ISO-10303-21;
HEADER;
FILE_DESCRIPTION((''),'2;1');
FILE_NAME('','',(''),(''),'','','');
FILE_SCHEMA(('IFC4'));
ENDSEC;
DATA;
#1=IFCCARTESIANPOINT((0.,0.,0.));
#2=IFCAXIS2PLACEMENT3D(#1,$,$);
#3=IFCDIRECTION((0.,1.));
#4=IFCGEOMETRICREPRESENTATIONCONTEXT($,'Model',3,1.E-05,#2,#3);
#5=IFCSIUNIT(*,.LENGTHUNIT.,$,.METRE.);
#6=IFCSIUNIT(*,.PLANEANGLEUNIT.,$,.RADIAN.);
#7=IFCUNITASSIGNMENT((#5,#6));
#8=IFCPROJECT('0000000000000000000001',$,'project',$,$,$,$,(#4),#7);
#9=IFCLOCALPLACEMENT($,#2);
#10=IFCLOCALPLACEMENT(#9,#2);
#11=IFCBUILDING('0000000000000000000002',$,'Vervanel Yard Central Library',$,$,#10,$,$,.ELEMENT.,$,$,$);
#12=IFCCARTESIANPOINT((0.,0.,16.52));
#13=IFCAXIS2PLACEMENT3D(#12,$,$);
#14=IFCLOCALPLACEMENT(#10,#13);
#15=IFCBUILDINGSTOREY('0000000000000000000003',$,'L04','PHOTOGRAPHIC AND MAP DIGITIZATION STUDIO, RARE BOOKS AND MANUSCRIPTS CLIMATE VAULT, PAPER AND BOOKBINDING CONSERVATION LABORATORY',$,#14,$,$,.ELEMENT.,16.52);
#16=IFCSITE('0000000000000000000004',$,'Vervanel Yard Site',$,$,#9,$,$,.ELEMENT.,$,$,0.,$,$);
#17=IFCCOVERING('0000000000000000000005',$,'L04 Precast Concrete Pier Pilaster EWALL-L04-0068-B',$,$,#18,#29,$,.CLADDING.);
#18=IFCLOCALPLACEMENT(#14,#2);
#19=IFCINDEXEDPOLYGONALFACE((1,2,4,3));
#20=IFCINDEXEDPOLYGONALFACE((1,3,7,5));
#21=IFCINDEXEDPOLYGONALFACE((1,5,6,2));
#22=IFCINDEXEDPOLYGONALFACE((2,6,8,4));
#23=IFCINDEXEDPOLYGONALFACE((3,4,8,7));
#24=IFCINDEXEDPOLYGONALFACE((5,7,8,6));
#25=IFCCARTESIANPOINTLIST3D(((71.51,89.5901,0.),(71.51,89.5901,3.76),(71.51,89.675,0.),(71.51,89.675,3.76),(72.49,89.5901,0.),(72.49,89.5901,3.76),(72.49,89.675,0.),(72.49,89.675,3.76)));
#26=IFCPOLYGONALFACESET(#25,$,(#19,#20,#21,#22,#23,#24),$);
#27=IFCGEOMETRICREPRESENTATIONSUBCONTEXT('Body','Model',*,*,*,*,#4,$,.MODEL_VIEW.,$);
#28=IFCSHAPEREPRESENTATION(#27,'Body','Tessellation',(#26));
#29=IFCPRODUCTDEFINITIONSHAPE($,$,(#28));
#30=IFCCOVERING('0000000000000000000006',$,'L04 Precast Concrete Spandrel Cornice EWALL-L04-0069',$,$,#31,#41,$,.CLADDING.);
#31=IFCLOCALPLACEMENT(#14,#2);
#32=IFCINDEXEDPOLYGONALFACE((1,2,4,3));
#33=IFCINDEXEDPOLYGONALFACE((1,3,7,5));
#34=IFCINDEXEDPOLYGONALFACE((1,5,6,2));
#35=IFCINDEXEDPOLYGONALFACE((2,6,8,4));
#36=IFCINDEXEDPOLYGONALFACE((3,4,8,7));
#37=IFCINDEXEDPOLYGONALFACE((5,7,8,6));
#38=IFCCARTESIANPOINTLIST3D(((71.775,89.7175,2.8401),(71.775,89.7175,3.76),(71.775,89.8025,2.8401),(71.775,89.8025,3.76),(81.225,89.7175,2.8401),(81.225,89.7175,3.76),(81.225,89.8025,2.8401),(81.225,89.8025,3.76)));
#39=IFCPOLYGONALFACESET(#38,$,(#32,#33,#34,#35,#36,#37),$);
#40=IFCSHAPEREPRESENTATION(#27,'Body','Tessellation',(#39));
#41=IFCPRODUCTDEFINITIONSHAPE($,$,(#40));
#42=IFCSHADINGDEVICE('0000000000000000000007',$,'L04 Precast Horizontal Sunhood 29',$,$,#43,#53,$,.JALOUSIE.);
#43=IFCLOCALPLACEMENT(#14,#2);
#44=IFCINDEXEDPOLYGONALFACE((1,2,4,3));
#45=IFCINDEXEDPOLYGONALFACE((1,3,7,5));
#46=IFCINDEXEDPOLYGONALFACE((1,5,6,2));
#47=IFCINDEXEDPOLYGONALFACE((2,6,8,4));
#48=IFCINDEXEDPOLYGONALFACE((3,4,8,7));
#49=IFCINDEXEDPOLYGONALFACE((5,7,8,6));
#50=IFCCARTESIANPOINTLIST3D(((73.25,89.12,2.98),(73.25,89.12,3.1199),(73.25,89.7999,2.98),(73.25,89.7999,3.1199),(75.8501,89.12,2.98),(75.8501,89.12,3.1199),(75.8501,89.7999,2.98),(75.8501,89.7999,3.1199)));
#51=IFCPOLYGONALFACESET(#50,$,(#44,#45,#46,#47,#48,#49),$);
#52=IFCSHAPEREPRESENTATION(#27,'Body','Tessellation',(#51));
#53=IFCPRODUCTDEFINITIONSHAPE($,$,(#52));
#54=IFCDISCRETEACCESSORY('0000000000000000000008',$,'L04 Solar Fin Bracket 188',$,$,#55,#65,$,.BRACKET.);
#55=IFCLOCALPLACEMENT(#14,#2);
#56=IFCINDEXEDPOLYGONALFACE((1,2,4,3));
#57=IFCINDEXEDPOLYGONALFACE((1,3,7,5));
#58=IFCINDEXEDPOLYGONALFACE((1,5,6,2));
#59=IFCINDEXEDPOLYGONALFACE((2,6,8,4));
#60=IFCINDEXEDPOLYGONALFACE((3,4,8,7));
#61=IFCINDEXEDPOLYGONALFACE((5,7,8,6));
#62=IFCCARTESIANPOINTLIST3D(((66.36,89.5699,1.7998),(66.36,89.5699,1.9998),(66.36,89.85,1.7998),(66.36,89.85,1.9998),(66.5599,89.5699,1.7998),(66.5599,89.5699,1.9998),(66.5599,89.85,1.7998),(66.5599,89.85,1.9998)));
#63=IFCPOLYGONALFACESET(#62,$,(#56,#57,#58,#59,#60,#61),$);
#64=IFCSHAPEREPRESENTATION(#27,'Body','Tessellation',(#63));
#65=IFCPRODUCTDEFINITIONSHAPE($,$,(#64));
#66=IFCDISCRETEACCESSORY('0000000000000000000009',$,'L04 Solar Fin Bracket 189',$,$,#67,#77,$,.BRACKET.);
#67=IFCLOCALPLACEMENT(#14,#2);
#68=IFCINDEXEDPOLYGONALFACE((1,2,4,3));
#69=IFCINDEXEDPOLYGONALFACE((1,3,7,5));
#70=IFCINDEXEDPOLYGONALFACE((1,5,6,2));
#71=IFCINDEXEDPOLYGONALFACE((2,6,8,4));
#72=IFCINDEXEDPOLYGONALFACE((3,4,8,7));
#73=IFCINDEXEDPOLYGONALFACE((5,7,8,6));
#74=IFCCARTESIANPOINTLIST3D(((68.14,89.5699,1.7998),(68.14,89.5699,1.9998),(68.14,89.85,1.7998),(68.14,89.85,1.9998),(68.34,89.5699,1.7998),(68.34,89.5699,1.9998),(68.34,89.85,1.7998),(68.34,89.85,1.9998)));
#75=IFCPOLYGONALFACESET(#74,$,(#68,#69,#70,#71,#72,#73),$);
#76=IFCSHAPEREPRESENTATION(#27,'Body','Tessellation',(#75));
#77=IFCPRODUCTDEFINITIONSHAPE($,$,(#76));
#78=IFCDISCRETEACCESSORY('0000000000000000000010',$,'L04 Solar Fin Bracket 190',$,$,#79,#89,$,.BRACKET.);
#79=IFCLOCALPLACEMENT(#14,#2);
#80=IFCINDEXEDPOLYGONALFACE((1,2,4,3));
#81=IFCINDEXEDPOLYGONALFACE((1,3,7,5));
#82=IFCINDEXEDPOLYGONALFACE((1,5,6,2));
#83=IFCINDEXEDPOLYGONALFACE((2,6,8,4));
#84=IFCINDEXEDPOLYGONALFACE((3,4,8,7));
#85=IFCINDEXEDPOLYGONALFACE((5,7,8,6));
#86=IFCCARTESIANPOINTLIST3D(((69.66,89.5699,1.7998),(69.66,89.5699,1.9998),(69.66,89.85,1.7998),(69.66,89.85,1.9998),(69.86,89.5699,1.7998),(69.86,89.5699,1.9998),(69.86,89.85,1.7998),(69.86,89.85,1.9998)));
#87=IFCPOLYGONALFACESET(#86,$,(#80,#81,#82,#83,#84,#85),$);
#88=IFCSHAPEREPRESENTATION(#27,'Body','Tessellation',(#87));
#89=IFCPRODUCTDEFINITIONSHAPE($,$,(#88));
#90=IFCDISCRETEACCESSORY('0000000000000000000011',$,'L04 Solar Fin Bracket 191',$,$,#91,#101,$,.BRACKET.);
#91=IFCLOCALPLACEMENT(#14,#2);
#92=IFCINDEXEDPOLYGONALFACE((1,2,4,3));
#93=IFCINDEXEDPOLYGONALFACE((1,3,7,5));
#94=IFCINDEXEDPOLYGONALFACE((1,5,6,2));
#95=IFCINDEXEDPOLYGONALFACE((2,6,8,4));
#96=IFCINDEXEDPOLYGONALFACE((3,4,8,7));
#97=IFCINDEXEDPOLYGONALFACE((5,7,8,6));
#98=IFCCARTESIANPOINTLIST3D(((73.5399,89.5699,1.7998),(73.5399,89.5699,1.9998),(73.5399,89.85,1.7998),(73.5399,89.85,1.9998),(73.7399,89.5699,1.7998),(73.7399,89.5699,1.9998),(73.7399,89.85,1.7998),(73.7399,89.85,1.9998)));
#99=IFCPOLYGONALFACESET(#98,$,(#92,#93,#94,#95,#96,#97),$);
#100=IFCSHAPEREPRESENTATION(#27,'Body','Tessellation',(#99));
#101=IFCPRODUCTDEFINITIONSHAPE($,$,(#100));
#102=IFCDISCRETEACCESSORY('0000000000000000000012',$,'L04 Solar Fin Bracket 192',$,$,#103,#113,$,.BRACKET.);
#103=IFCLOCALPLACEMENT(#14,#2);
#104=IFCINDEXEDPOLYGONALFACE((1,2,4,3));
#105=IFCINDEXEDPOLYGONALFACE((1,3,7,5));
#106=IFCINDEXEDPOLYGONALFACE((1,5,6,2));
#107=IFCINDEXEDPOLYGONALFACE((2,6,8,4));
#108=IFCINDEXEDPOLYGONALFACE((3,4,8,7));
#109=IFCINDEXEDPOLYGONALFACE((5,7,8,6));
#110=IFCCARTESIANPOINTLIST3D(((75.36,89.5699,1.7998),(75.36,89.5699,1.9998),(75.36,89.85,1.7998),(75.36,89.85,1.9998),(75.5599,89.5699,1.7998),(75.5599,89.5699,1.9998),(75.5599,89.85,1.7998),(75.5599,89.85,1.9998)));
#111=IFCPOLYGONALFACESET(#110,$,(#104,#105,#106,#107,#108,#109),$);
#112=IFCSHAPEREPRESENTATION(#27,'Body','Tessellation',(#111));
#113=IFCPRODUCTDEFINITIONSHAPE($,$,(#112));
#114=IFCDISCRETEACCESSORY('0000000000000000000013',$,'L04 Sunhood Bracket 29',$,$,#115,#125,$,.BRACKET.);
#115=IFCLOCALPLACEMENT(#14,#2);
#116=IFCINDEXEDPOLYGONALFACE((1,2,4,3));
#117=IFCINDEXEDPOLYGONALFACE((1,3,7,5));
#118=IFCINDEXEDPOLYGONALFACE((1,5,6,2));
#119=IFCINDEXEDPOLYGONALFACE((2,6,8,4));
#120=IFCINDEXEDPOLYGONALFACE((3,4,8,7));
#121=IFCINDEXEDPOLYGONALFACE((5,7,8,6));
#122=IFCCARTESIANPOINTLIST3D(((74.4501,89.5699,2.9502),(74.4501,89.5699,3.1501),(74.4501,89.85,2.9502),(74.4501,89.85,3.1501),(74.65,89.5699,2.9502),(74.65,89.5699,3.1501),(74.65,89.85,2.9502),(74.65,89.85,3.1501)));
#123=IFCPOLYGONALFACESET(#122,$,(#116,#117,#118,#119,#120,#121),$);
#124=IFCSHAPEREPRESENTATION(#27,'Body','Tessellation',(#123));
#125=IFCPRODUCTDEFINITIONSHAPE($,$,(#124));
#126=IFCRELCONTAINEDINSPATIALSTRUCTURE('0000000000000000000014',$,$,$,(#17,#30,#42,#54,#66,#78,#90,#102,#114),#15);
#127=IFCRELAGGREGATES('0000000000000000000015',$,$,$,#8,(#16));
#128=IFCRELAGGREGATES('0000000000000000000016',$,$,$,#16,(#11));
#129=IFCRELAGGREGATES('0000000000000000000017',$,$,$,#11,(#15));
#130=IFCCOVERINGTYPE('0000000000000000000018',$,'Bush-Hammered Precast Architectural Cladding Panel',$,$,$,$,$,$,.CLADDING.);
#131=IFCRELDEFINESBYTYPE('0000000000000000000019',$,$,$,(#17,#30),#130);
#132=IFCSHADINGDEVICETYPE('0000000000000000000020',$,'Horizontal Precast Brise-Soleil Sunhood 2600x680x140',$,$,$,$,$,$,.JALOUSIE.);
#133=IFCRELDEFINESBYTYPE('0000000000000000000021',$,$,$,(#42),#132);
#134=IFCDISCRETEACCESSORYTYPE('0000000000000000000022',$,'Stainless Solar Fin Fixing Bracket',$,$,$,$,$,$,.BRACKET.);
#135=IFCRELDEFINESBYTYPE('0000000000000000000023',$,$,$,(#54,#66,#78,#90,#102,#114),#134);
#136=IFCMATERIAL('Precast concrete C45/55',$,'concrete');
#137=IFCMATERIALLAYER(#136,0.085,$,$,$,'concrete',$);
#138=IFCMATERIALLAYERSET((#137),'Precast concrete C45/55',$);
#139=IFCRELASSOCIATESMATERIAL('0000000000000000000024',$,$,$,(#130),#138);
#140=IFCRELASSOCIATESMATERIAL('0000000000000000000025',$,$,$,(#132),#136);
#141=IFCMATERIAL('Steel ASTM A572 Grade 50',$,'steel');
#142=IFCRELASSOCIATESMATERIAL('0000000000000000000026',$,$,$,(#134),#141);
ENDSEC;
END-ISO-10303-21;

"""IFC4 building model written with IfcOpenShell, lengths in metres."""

from ifc_helpers import new_model, si_unit, direction, frame, origin, origin_2d, place, context, subcontext, project, spatial, rectangle, extrude, material, layer, layer_set, type_object, element, save


model = new_model("IFC4")

# Units and contexts
model_context = context("Model", 3, precision=1e-05, world=origin(), true_north=direction((0.0, 1.0)))
body_context = subcontext(model_context, "Body", "Model", "MODEL_VIEW")
ifc_project = project(units=[si_unit("LENGTHUNIT", "METRE"), si_unit("PLANEANGLEUNIT", "RADIAN")], contexts=[model_context])

# Site, building, storey
site_placement = place(None, origin())
site = spatial("IfcSite", under=ifc_project, at=site_placement, Name="Vervanel Yard Site", CompositionType="ELEMENT", RefElevation=0.0)
building_placement = place(site_placement, origin())
building = spatial("IfcBuilding", under=site, at=building_placement, Name="Vervanel Yard Central Library", CompositionType="ELEMENT")
storey_placement = place(building_placement, frame((0.0, 0.0, 16.52)))
storey = spatial("IfcBuildingStorey", under=building, at=storey_placement, Name="L04", Description="PHOTOGRAPHIC AND MAP DIGITIZATION STUDIO, RARE BOOKS AND MANUSCRIPTS CLIMATE VAULT, PAPER AND BOOKBINDING CONSERVATION LABORATORY", CompositionType="ELEMENT", Elevation=16.52)

# Coverings
ifc_material_1 = material(Name="Precast concrete C45/55", Category="concrete")
ifc_layer_1 = layer(ifc_material_1, 0.085, Category="concrete")
ifc_layer_set_1 = layer_set([ifc_layer_1], Name="Precast concrete C45/55")
covering_type = type_object("IfcCoveringType", Name="Bush-Hammered Precast Architectural Cladding Panel", PredefinedType="CLADDING", material=ifc_layer_set_1)
covering_1_placement = place(storey_placement, frame((72.0, 89.6326, 0.0), z_axis=(0.0, 0.0, 1.0), x_axis=(1.0, 0.0, 0.0)))
element("IfcCovering", 1, at=covering_1_placement, inside=storey, type_object=covering_type, Name="L04 Precast Concrete Pier Pilaster EWALL-L04-0068-B", PredefinedType="CLADDING", context=body_context, shape_type="SweptSolid", body=[
    extrude(rectangle(XDim=0.98, YDim=0.085, at=origin_2d()), origin(), (0.0, 0.0, 1.0), 3.76),
])
covering_2_placement = place(storey_placement, frame((76.5, 89.76, 2.8401), z_axis=(0.0, 0.0, 1.0), x_axis=(1.0, 0.0, 0.0)))
element("IfcCovering", 2, at=covering_2_placement, inside=storey, type_object=covering_type, Name="L04 Precast Concrete Spandrel Cornice EWALL-L04-0069", PredefinedType="CLADDING", context=body_context, shape_type="SweptSolid", body=[
    extrude(rectangle(XDim=9.45, YDim=0.085, at=origin_2d()), origin(), (0.0, 0.0, 1.0), 0.9199),
])

# Shading device
shading_device_type = type_object("IfcShadingDeviceType", Name="Horizontal Precast Brise-Soleil Sunhood 2600x680x140", PredefinedType="JALOUSIE", material=ifc_material_1)
shading_device_placement = place(storey_placement, frame((74.55, 89.46, 2.98), z_axis=(0.0, 0.0, 1.0), x_axis=(1.0, 0.0, 0.0)))
element("IfcShadingDevice", 3, at=shading_device_placement, inside=storey, type_object=shading_device_type, Name="L04 Precast Horizontal Sunhood 29", PredefinedType="JALOUSIE", context=body_context, shape_type="SweptSolid", body=[
    extrude(rectangle(XDim=2.6001, YDim=0.6799, at=origin_2d()), origin(), (0.0, 0.0, 1.0), 0.1399),
])

# Discrete accessories
ifc_material_2 = material(Name="Steel ASTM A572 Grade 50", Category="steel")
discrete_accessory_type = type_object("IfcDiscreteAccessoryType", Name="Stainless Solar Fin Fixing Bracket", PredefinedType="BRACKET", material=ifc_material_2)
for number, where, z_axis, x_axis, name in (
    (4, (66.46, 89.71, 1.7998), (0.0, 0.0, 1.0), (1.0, 0.0, 0.0), "L04 Solar Fin Bracket 188"),
    (5, (68.24, 89.71, 1.7998), (0.0, 0.0, 1.0), (1.0, 0.0, 0.0), "L04 Solar Fin Bracket 189"),
    (6, (69.76, 89.71, 1.7998), (0.0, 0.0, 1.0), (1.0, 0.0, 0.0), "L04 Solar Fin Bracket 190"),
    (7, (73.6399, 89.71, 1.7998), (0.0, 0.0, 1.0), (1.0, 0.0, 0.0), "L04 Solar Fin Bracket 191"),
    (8, (75.46, 89.71, 1.7998), (0.0, 0.0, 1.0), (1.0, 0.0, 0.0), "L04 Solar Fin Bracket 192"),
    (9, (74.55, 89.71, 2.9502), (0.0, 0.0, 1.0), (1.0, 0.0, 0.0), "L04 Sunhood Bracket 29"),
):
    element("IfcDiscreteAccessory", number, at=place(storey_placement, frame(where, z_axis=z_axis, x_axis=x_axis)), inside=storey, type_object=discrete_accessory_type, Name=name, PredefinedType="BRACKET", context=body_context, shape_type="SweptSolid", body=[
        extrude(rectangle(XDim=0.2, YDim=0.28, at=origin_2d()), origin(), (0.0, 0.0, 1.0), 0.2),
    ])

save(model, "model.ifc")
